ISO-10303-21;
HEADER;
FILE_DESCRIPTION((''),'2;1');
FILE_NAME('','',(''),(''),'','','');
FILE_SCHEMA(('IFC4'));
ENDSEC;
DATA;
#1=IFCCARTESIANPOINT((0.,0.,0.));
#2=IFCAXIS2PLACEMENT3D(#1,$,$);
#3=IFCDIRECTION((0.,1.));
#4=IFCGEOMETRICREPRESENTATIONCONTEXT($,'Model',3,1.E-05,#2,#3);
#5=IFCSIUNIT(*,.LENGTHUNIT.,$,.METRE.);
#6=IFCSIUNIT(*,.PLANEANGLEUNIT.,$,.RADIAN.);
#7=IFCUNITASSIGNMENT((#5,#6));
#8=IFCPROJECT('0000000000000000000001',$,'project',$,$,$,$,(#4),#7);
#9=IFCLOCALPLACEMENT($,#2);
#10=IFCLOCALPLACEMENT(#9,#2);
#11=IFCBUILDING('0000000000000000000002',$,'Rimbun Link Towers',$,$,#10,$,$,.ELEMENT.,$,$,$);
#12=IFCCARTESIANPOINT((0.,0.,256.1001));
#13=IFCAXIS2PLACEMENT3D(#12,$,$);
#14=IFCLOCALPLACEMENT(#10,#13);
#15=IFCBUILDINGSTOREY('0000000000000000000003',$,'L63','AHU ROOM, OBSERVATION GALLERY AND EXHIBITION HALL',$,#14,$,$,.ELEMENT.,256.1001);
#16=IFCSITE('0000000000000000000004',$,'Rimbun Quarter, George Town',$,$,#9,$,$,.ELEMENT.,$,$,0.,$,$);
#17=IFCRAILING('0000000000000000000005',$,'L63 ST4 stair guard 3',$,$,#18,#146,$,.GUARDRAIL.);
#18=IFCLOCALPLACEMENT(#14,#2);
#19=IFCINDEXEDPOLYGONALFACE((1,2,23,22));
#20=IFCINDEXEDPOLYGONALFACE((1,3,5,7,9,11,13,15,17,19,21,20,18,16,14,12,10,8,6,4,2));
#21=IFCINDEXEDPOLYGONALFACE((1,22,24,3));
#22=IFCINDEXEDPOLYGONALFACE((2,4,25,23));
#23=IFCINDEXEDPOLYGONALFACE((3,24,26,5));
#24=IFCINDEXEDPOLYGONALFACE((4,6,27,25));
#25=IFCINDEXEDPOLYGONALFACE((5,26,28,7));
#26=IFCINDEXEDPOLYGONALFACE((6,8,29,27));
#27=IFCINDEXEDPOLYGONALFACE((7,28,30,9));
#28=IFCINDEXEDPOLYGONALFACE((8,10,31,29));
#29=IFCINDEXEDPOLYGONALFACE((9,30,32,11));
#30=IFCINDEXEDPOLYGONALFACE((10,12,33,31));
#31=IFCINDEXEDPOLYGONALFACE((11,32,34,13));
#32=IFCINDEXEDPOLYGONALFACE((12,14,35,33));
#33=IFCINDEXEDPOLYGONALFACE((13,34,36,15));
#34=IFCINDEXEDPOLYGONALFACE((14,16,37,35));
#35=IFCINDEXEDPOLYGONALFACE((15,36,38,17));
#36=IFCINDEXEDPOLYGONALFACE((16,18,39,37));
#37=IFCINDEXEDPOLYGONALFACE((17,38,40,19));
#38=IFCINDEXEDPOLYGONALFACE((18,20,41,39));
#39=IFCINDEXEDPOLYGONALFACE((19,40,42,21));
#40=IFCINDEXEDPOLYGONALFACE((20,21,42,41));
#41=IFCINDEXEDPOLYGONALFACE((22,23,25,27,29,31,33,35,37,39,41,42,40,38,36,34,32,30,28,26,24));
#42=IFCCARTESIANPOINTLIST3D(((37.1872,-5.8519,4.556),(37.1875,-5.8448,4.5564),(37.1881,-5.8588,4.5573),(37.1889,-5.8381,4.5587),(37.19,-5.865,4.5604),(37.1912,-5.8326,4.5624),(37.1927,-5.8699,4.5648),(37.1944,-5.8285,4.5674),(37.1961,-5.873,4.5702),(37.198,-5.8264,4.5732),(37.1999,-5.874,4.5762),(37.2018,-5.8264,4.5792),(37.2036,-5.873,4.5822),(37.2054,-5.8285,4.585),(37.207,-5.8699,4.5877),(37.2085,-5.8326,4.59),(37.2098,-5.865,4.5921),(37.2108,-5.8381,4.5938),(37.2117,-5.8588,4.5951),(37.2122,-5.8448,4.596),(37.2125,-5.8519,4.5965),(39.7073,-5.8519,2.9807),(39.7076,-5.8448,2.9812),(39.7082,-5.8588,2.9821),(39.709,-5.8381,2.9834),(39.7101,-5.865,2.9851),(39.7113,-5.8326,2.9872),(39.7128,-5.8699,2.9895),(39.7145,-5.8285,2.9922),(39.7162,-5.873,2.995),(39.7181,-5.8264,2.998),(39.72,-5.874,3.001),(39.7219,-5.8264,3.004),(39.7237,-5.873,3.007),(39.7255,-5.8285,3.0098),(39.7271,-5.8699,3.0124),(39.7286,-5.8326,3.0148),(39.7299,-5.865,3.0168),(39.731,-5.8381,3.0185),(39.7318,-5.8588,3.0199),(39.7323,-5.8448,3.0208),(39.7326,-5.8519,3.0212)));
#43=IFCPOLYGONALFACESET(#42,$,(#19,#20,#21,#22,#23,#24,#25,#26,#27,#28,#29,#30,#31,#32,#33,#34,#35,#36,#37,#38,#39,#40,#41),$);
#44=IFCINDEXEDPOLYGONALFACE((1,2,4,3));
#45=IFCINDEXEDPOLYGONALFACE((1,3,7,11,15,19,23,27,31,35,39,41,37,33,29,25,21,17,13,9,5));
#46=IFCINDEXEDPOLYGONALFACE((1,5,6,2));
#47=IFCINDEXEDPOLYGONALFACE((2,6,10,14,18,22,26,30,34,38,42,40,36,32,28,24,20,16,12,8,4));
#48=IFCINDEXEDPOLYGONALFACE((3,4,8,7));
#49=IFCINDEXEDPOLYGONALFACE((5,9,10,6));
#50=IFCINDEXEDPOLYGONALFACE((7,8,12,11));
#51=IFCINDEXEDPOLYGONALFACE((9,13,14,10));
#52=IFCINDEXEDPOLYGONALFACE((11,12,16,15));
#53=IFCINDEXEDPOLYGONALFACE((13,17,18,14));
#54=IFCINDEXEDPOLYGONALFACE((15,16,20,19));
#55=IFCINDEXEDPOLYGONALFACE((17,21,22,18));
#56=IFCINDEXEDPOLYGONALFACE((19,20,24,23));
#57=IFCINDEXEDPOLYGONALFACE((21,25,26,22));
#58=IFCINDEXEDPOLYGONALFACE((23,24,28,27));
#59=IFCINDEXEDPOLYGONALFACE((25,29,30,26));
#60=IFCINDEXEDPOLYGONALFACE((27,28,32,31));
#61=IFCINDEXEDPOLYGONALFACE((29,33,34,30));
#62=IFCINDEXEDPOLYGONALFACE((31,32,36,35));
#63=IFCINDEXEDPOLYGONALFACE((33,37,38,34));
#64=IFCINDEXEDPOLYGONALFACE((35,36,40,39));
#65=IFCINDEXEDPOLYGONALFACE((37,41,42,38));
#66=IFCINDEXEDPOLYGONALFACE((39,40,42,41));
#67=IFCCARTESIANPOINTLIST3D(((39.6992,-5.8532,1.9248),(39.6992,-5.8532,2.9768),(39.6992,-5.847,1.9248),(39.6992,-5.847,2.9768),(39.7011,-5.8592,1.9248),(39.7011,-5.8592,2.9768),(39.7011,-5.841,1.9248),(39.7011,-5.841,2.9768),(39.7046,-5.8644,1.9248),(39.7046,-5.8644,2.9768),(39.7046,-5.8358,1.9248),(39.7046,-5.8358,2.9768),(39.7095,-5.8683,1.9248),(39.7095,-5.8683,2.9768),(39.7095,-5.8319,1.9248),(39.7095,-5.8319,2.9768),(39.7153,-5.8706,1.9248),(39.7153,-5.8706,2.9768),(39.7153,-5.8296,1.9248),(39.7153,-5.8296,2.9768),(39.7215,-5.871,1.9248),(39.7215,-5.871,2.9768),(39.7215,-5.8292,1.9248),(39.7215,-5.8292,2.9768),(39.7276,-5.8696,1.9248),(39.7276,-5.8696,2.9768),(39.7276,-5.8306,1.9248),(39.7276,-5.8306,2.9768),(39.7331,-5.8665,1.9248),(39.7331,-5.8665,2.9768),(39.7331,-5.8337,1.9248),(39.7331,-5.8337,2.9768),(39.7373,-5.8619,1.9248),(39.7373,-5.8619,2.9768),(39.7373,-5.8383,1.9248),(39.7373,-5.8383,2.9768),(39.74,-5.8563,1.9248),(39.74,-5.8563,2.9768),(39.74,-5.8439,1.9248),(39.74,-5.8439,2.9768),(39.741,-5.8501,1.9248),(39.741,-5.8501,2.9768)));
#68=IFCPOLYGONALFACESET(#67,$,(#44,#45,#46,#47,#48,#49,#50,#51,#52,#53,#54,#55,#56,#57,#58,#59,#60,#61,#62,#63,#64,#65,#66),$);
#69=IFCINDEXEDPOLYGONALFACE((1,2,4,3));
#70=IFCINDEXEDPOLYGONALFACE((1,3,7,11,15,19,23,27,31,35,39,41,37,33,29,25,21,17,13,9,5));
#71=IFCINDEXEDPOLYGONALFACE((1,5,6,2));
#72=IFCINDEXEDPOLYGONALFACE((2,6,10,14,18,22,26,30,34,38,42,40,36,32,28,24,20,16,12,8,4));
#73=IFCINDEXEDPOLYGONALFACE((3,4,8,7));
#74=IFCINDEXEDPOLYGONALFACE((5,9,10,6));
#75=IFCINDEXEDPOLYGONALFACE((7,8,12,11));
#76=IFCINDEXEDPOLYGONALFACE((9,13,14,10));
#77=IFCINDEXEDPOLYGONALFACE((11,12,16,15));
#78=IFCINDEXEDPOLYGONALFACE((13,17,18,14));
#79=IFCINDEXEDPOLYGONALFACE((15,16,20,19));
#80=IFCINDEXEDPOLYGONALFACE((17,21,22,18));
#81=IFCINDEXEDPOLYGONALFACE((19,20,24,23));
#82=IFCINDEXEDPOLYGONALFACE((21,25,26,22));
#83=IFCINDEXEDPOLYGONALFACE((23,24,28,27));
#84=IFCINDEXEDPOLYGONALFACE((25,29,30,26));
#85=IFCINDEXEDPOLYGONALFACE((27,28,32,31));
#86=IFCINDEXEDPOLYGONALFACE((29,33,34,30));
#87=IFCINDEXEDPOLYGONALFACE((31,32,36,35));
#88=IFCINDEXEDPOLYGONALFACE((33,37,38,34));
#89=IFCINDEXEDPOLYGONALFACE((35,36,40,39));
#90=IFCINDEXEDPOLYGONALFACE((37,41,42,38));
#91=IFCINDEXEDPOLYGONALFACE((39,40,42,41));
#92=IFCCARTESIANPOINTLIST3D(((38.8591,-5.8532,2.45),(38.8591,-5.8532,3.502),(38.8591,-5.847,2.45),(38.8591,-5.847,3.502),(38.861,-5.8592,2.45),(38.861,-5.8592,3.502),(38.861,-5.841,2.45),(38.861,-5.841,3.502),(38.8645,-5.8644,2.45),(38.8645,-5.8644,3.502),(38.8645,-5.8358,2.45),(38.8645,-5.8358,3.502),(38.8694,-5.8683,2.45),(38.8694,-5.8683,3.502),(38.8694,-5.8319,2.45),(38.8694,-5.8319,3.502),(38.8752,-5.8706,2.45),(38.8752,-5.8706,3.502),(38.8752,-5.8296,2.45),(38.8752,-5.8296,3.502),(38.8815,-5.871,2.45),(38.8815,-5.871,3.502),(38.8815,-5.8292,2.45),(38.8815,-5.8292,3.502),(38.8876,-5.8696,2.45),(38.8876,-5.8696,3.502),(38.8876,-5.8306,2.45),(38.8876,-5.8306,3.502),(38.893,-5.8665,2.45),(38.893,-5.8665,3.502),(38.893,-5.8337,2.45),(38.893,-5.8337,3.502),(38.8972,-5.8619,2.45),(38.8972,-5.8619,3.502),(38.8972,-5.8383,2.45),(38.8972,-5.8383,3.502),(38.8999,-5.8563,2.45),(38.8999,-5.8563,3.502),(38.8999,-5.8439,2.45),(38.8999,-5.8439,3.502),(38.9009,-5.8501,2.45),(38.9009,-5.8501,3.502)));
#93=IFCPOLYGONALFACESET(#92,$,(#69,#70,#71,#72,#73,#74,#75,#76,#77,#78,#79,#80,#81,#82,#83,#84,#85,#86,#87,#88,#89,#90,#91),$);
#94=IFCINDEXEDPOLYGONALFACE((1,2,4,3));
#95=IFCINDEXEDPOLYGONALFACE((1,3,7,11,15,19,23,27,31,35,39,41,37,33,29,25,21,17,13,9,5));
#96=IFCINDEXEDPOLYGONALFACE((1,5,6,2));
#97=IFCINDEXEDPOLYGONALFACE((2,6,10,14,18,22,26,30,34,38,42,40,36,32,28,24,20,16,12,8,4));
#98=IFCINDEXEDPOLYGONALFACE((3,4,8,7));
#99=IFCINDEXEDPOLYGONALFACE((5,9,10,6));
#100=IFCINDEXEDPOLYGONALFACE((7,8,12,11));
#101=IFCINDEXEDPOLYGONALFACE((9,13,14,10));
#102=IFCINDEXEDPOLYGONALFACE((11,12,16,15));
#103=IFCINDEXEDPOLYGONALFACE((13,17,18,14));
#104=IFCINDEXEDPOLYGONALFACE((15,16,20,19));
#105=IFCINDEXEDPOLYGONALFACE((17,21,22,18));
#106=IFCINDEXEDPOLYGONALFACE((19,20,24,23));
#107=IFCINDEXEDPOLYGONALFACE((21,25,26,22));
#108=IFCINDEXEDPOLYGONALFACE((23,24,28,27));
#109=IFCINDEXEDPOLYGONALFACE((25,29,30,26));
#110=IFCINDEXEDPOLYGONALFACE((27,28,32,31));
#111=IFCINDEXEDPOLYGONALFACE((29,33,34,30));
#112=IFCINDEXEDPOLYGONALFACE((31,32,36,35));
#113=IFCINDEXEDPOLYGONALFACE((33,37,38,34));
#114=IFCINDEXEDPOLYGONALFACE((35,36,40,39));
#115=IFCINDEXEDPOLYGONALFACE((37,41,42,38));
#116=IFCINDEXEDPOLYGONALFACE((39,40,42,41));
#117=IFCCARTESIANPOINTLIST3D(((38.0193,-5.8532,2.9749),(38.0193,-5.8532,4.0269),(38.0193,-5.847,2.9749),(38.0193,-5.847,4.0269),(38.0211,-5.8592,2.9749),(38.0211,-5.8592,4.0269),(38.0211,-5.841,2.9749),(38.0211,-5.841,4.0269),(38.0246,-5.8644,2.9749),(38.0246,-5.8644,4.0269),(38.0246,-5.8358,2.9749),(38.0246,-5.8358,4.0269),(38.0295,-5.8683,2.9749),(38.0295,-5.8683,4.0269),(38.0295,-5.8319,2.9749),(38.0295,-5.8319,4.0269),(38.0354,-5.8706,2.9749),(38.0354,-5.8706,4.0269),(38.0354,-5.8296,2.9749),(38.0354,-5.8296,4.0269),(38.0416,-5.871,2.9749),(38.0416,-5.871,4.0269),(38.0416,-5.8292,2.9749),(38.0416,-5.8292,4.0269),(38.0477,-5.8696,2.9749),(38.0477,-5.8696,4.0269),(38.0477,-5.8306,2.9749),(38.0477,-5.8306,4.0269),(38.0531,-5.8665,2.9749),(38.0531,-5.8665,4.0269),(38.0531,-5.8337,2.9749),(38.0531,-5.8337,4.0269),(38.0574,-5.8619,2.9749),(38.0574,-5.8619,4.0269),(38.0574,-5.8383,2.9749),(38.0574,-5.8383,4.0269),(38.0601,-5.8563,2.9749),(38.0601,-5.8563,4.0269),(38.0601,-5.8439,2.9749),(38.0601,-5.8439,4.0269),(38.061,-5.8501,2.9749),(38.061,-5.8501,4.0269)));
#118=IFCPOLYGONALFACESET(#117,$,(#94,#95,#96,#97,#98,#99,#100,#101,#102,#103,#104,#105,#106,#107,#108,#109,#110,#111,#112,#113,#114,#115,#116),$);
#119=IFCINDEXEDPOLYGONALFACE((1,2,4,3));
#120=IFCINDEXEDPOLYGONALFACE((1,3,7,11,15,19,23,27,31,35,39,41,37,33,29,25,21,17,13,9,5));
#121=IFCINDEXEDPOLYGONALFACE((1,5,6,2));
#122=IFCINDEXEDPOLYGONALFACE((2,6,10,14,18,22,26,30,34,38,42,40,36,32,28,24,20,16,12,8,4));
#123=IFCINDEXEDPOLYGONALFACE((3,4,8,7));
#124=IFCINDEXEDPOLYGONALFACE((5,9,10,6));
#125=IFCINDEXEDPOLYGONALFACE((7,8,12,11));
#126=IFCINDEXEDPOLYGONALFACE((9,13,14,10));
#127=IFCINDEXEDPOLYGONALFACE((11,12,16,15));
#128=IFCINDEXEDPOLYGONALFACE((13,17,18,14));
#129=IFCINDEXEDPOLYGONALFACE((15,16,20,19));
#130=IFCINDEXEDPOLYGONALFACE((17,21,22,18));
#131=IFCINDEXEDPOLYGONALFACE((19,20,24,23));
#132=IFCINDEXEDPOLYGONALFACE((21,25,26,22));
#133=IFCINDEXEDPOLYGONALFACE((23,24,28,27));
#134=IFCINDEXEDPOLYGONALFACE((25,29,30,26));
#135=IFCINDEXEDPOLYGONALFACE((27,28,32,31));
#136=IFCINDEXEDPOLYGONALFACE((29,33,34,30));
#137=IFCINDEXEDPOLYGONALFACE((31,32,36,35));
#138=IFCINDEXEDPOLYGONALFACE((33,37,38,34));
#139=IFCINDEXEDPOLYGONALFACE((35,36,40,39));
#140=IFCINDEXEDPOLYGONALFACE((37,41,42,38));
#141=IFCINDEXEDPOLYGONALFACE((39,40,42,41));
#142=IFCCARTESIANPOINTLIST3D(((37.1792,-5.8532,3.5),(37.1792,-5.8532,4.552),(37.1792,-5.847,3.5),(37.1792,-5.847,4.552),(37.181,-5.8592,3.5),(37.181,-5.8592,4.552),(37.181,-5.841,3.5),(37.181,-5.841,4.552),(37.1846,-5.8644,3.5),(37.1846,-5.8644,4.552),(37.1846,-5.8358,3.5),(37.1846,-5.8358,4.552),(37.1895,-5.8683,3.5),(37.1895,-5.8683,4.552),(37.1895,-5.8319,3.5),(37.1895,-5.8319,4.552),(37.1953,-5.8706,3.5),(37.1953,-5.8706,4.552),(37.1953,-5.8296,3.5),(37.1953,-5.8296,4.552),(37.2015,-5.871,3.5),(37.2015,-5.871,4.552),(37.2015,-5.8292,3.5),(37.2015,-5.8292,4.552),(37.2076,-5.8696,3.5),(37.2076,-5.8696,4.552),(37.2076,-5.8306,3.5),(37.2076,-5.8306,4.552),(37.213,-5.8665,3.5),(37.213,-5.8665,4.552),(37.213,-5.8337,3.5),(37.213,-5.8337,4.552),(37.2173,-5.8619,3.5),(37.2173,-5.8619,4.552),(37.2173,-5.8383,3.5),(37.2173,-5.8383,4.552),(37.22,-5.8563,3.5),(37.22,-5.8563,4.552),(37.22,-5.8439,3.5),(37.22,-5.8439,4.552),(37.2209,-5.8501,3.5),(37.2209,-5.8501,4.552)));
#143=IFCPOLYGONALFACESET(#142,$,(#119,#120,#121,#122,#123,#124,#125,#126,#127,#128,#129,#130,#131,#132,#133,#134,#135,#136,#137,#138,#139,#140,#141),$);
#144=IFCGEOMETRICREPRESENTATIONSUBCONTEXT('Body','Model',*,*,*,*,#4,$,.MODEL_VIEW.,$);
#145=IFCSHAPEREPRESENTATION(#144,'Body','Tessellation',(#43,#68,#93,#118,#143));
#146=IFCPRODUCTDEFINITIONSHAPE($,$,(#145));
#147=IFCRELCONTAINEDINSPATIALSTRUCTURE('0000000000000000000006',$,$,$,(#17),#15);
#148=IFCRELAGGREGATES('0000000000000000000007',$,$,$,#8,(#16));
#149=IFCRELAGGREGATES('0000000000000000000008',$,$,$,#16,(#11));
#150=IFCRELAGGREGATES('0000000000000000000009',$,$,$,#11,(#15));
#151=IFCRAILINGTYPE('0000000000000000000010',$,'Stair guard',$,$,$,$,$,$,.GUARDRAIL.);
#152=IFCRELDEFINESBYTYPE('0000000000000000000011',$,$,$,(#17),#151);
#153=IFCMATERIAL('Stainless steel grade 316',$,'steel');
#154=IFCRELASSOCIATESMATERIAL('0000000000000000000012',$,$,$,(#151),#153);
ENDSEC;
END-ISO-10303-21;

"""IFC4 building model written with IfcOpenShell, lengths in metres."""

from ifc_helpers import new_model, si_unit, direction, frame, origin, origin_2d, place, context, subcontext, project, spatial, circle, extrude, material, type_object, element, save


model = new_model("IFC4")

# Units and contexts
model_context = context("Model", 3, precision=1e-05, world=origin(), true_north=direction((0.0, 1.0)))
body_context = subcontext(model_context, "Body", "Model", "MODEL_VIEW")
ifc_project = project(units=[si_unit("LENGTHUNIT", "METRE"), si_unit("PLANEANGLEUNIT", "RADIAN")], contexts=[model_context])

# Site, building, storey
site_placement = place(None, origin())
site = spatial("IfcSite", under=ifc_project, at=site_placement, Name="Rimbun Quarter, George Town", CompositionType="ELEMENT", RefElevation=0.0)
building_placement = place(site_placement, origin())
building = spatial("IfcBuilding", under=site, at=building_placement, Name="Rimbun Link Towers", CompositionType="ELEMENT")
storey_placement = place(building_placement, frame((0.0, 0.0, 256.1001)))
storey = spatial("IfcBuildingStorey", under=building, at=storey_placement, Name="L63", Description="AHU ROOM, OBSERVATION GALLERY AND EXHIBITION HALL", CompositionType="ELEMENT", Elevation=256.1001)

# Railing
ifc_material_1 = material(Name="Stainless steel grade 316", Category="steel")
railing_type_1 = type_object("IfcRailingType", Name="Stair guard", PredefinedType="GUARDRAIL", material=ifc_material_1)
railing_1_placement = place(storey_placement, frame((39.72, -5.8501, 1.9248)))
element("IfcRailing", 1, at=railing_1_placement, inside=storey, type_object=railing_type_1, Name="L63 ST4 stair guard 3", PredefinedType="GUARDRAIL", context=body_context, shape_type="SweptSolid", body=[
    extrude(circle(Radius=0.0239, at=origin_2d()), frame((0.0, 0.0, 1.0762), z_axis=(-0.847971, 0.0, 0.530043), x_axis=(0.0, -1.0, 0.0)), (0.0, 0.0, 1.0), 2.9719),
    extrude(circle(Radius=0.021, at=origin_2d()), origin(), (0.0, 0.0, 1.0), 1.052),
    extrude(circle(Radius=0.021, at=origin_2d()), frame((-0.8401, 0.0, 0.5251)), (0.0, 0.0, 1.0), 1.052),
    extrude(circle(Radius=0.021, at=origin_2d()), frame((-1.6799, 0.0, 1.05)), (0.0, 0.0, 1.0), 1.052),
    extrude(circle(Radius=0.021, at=origin_2d()), frame((-2.52, 0.0, 1.5752)), (0.0, 0.0, 1.0), 1.052),
])

save(model, "model.ifc")
